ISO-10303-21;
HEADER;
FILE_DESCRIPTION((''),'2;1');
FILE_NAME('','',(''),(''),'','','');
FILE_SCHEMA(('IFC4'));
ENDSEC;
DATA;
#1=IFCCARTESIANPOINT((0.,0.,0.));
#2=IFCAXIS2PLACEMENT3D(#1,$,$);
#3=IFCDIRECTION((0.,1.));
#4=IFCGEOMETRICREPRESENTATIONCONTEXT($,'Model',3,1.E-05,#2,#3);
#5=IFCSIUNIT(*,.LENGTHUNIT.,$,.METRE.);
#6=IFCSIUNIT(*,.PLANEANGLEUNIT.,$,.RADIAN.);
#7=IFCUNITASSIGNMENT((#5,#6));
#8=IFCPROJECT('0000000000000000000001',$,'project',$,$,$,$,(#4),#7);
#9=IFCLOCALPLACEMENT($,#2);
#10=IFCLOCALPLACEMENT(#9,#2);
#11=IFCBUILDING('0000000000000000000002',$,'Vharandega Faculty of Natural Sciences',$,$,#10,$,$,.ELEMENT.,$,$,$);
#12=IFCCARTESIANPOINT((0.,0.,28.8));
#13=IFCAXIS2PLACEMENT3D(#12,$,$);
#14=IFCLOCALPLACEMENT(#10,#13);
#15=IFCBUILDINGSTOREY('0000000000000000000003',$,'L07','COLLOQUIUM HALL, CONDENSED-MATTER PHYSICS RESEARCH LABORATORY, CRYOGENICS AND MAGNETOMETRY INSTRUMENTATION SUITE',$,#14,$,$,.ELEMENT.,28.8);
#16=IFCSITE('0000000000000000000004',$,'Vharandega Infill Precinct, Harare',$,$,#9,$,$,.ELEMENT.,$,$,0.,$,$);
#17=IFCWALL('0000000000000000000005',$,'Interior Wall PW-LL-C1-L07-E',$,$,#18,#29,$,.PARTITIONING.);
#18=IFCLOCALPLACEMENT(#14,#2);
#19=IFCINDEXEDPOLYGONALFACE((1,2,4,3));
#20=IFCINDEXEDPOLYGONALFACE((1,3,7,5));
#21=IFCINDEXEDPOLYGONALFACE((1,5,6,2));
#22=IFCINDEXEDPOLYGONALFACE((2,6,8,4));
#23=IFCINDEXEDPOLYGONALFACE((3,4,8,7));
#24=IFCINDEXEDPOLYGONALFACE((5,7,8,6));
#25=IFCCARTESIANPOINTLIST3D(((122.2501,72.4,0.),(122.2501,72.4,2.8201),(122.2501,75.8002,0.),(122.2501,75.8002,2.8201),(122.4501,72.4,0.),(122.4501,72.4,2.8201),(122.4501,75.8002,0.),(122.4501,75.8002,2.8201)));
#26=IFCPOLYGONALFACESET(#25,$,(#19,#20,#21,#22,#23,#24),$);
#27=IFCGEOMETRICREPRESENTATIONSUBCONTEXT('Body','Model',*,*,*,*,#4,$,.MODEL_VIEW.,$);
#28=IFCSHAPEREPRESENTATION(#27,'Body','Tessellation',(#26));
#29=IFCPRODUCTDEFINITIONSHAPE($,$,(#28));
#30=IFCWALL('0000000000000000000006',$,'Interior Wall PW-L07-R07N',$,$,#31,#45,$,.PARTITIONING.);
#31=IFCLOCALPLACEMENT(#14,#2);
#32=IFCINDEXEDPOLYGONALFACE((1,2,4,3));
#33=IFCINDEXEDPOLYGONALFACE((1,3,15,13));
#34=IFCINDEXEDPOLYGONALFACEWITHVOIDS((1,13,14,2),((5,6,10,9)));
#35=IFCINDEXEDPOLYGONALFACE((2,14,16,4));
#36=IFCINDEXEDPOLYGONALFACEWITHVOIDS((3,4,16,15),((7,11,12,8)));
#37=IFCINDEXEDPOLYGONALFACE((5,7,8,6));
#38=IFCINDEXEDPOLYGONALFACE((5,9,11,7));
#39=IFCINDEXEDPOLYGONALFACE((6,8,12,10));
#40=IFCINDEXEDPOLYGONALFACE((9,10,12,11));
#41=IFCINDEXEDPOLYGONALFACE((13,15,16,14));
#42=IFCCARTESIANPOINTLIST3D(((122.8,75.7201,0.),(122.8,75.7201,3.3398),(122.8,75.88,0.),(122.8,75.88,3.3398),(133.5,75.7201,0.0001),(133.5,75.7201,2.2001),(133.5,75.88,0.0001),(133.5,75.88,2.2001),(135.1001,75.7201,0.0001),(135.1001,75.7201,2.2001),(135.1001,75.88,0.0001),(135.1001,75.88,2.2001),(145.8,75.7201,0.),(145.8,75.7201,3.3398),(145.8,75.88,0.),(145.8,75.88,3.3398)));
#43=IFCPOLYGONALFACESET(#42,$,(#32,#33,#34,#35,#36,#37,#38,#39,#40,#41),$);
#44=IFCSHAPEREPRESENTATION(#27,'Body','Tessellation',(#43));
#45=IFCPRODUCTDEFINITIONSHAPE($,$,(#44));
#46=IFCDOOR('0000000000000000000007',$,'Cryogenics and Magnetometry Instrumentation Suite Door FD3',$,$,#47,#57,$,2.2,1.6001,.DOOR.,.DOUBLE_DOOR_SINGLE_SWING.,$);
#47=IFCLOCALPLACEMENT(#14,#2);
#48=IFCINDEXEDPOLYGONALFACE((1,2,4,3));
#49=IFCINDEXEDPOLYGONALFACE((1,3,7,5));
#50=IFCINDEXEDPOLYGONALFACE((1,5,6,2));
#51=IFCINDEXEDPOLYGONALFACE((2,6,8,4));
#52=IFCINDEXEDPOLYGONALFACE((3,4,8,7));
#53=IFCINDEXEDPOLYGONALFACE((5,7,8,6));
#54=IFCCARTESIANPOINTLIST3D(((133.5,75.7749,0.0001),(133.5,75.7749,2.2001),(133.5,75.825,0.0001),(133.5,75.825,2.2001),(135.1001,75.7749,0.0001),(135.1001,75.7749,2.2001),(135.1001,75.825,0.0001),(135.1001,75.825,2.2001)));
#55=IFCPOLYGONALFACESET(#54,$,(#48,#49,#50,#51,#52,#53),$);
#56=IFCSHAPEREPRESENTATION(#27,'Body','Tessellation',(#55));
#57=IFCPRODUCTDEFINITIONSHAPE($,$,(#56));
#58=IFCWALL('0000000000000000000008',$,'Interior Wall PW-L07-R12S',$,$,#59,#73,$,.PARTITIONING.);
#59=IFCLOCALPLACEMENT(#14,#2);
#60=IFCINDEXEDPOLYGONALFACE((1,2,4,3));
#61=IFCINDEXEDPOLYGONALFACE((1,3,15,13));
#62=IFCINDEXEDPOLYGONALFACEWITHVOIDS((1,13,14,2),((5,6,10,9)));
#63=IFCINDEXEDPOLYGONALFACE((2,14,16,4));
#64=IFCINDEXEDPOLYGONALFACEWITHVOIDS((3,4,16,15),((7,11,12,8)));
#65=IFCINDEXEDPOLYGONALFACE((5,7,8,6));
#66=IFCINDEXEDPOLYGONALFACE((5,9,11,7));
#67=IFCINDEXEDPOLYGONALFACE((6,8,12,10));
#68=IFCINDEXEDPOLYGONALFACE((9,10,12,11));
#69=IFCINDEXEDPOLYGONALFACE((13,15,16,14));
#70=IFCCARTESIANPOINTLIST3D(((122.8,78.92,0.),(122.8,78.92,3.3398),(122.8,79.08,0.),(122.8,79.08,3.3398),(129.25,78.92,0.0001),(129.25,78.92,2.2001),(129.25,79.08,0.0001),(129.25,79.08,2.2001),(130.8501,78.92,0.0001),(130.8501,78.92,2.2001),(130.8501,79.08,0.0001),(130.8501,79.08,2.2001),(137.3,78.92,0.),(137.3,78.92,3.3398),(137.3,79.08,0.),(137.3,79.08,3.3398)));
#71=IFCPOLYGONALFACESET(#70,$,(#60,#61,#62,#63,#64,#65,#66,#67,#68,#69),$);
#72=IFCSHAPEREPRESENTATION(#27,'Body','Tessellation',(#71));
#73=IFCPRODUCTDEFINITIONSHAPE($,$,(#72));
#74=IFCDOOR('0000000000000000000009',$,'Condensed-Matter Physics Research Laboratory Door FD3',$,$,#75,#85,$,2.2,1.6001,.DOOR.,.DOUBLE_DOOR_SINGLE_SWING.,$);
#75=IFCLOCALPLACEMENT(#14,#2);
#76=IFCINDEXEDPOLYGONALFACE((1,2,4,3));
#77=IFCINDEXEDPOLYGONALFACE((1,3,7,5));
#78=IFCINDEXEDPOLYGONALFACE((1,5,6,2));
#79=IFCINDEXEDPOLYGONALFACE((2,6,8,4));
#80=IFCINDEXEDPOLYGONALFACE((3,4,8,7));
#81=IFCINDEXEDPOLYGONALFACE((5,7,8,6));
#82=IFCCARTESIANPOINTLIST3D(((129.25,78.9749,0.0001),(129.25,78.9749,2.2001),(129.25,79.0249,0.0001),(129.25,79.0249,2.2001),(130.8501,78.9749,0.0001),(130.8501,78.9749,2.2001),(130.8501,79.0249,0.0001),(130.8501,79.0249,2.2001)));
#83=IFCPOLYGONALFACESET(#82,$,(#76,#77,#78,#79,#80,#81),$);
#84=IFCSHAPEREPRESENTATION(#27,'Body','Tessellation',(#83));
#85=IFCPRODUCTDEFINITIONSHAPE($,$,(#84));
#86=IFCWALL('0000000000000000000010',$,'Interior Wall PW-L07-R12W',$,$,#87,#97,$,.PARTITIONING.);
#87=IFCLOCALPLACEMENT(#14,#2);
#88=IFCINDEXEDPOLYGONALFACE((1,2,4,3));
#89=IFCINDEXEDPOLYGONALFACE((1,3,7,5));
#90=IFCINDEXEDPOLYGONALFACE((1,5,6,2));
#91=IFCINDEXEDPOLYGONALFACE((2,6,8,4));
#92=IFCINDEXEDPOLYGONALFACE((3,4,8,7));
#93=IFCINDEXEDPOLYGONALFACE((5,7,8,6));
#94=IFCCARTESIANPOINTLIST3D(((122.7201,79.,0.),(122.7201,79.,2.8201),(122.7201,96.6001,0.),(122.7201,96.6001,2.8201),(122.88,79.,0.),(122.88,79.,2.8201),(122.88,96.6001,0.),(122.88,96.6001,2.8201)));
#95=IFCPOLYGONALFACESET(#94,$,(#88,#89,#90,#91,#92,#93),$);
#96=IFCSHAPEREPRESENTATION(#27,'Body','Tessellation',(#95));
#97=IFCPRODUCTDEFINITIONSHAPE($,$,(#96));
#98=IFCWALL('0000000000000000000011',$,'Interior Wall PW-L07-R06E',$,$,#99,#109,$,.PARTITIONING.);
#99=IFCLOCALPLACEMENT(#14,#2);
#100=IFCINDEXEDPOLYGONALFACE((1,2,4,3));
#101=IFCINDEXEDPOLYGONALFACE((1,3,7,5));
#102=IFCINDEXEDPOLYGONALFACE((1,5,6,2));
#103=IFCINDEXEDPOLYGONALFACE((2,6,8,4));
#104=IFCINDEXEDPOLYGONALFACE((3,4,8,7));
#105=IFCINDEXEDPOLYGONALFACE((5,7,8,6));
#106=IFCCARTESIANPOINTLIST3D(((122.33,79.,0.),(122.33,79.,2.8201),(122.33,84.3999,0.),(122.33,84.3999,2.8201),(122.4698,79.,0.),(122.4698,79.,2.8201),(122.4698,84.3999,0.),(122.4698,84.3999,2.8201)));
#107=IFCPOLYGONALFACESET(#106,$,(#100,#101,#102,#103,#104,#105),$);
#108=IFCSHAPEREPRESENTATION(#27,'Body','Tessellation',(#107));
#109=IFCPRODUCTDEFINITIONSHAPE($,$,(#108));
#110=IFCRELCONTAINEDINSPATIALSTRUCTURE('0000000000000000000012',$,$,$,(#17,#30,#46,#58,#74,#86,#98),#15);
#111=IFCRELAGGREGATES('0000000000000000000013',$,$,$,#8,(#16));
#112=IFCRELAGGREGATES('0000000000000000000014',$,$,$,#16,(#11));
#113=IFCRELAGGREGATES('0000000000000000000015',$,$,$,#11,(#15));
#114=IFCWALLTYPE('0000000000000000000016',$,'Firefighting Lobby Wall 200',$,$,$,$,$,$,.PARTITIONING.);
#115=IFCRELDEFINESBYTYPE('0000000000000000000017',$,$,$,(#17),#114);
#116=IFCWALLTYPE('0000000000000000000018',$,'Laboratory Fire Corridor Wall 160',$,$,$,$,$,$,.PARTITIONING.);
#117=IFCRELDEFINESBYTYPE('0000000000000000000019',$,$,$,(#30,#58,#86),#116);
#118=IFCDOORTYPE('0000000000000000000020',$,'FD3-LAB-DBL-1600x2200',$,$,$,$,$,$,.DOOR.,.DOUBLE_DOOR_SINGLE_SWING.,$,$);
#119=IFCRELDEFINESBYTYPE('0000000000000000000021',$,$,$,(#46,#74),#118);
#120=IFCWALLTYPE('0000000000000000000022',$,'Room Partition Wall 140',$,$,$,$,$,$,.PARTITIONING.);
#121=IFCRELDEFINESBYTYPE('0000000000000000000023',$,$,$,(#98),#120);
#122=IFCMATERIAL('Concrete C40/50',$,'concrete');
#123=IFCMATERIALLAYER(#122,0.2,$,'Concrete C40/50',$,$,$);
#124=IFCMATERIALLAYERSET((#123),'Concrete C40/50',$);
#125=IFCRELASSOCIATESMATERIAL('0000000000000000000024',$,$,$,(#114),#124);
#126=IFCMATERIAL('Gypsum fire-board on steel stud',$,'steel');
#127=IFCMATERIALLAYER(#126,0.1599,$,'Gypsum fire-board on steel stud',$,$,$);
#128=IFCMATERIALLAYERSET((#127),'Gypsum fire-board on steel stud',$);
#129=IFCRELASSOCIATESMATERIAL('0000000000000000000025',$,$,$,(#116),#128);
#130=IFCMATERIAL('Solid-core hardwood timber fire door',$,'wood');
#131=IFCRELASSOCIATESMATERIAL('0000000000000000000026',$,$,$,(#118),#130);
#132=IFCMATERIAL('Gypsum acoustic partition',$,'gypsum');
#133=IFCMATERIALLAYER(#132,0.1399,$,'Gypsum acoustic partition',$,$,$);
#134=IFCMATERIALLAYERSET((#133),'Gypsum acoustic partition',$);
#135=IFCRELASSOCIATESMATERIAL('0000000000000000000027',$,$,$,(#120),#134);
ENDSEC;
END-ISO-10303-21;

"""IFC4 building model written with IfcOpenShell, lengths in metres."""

from ifc_helpers import new_model, si_unit, direction, frame, frame_2d, origin, place, context, subcontext, project, spatial, rectangle, extrude, material, layer, layer_set, type_object, element, fill, save


model = new_model("IFC4")

# Units and contexts
model_context = context("Model", 3, precision=1e-05, world=origin(), true_north=direction((0.0, 1.0)))
body_context = subcontext(model_context, "Body", "Model", "MODEL_VIEW")
ifc_project = project(units=[si_unit("LENGTHUNIT", "METRE"), si_unit("PLANEANGLEUNIT", "RADIAN")], contexts=[model_context])

# Site, building, storey
site_placement = place(None, origin())
site = spatial("IfcSite", under=ifc_project, at=site_placement, Name="Vharandega Infill Precinct, Harare", CompositionType="ELEMENT", RefElevation=0.0)
building_placement = place(site_placement, origin())
building = spatial("IfcBuilding", under=site, at=building_placement, Name="Vharandega Faculty of Natural Sciences", CompositionType="ELEMENT")
storey_placement = place(building_placement, frame((0.0, 0.0, 28.8)))
storey = spatial("IfcBuildingStorey", under=building, at=storey_placement, Name="L07", Description="COLLOQUIUM HALL, CONDENSED-MATTER PHYSICS RESEARCH LABORATORY, CRYOGENICS AND MAGNETOMETRY INSTRUMENTATION SUITE", CompositionType="ELEMENT", Elevation=28.8)

# Shared definitions
ifc_material_1 = material(Name="Concrete C40/50", Category="concrete")
ifc_layer_1 = layer(ifc_material_1, 0.2, Name="Concrete C40/50")
ifc_layer_set_1 = layer_set([ifc_layer_1], Name="Concrete C40/50")
wall_type_1 = type_object("IfcWallType", Name="Firefighting Lobby Wall 200", PredefinedType="PARTITIONING", material=ifc_layer_set_1)

# Wall
wall_1_placement = place(storey_placement, frame((122.3501, 72.3999, 0.0), z_axis=(0.0, 0.0, 1.0), x_axis=(0.0, 1.0, 0.0)))
element("IfcWall", 1, at=wall_1_placement, inside=storey, type_object=wall_type_1, Name="Interior Wall PW-LL-C1-L07-E", PredefinedType="PARTITIONING", context=body_context, shape_type="SweptSolid", body=[
    extrude(rectangle(XDim=3.4001, YDim=0.2, at=frame_2d((1.7002, 0.0))), origin(), (0.0, 0.0, 1.0), 2.8201),
])

# Walls, openings, doors
ifc_material_2 = material(Name="Gypsum fire-board on steel stud", Category="steel")
ifc_layer_2 = layer(ifc_material_2, 0.1599, Name="Gypsum fire-board on steel stud")
ifc_layer_set_2 = layer_set([ifc_layer_2], Name="Gypsum fire-board on steel stud")
wall_type_2 = type_object("IfcWallType", Name="Laboratory Fire Corridor Wall 160", PredefinedType="PARTITIONING", material=ifc_layer_set_2)
wall_2_placement = place(storey_placement, frame((122.8, 75.8, 0.0), z_axis=(0.0, 0.0, 1.0), x_axis=(1.0, 0.0, 0.0)))
wall_2 = element("IfcWall", 2, at=wall_2_placement, inside=storey, type_object=wall_type_2, Name="Interior Wall PW-L07-R07N", PredefinedType="PARTITIONING", context=body_context, shape_type="SweptSolid", body=[
    extrude(rectangle(XDim=23.0, YDim=0.1599, at=frame_2d((11.5, 0.0))), origin(), (0.0, 0.0, 1.0), 3.3398),
])
opening_1_placement = place(wall_2_placement, frame((10.7, 0.0, 0.0)))
opening_1 = element("IfcOpeningElement", 3, at=opening_1_placement, cuts=wall_2, PredefinedType="OPENING", context=body_context, shape_type="SweptSolid", body=[
    extrude(rectangle(XDim=1.6001, YDim=2.2, at=frame_2d((0.8, 1.1001))), frame((0.0, 0.0898, 0.0), z_axis=(0.0, -1.0, 0.0), x_axis=(1.0, 0.0, 0.0)), (0.0, 0.0, 1.0), 0.1799),
])
ifc_material_3 = material(Name="Solid-core hardwood timber fire door", Category="wood")
door_type_1 = type_object("IfcDoorType", Name="FD3-LAB-DBL-1600x2200", OperationType="DOUBLE_DOOR_SINGLE_SWING", PredefinedType="DOOR", material=ifc_material_3)
door_1_placement = place(opening_1_placement, origin())
door_1 = element("IfcDoor", 4, at=door_1_placement, inside=storey, type_object=door_type_1, Name="Cryogenics and Magnetometry Instrumentation Suite Door FD3", OperationType="DOUBLE_DOOR_SINGLE_SWING", OverallHeight=2.2, OverallWidth=1.6001, PredefinedType="DOOR", context=body_context, shape_type="SweptSolid", body=[
    extrude(rectangle(XDim=1.6001, YDim=2.2, at=frame_2d((0.8, 1.1001))), frame((0.0, 0.0249, 0.0), z_axis=(0.0, -1.0, 0.0), x_axis=(1.0, 0.0, 0.0)), (0.0, 0.0, 1.0), 0.05),
])
fill(opening_1, door_1)
wall_3_placement = place(storey_placement, frame((122.8, 79.0, 0.0), z_axis=(0.0, 0.0, 1.0), x_axis=(1.0, 0.0, 0.0)))
wall_3 = element("IfcWall", 5, at=wall_3_placement, inside=storey, type_object=wall_type_2, Name="Interior Wall PW-L07-R12S", PredefinedType="PARTITIONING", context=body_context, shape_type="SweptSolid", body=[
    extrude(rectangle(XDim=14.5, YDim=0.1599, at=frame_2d((7.25, 0.0))), origin(), (0.0, 0.0, 1.0), 3.3398),
])
opening_2_placement = place(wall_3_placement, frame((6.45, 0.0, 0.0)))
opening_2 = element("IfcOpeningElement", 6, at=opening_2_placement, cuts=wall_3, PredefinedType="OPENING", context=body_context, shape_type="SweptSolid", body=[
    extrude(rectangle(XDim=1.6001, YDim=2.2, at=frame_2d((0.8, 1.1001))), frame((0.0, 0.0898, 0.0), z_axis=(0.0, -1.0, 0.0), x_axis=(1.0, 0.0, 0.0)), (0.0, 0.0, 1.0), 0.1799),
])
door_2_placement = place(opening_2_placement, origin())
door_2 = element("IfcDoor", 7, at=door_2_placement, inside=storey, type_object=door_type_1, Name="Condensed-Matter Physics Research Laboratory Door FD3", OperationType="DOUBLE_DOOR_SINGLE_SWING", OverallHeight=2.2, OverallWidth=1.6001, PredefinedType="DOOR", context=body_context, shape_type="SweptSolid", body=[
    extrude(rectangle(XDim=1.6001, YDim=2.2, at=frame_2d((0.8, 1.1001))), frame((0.0, 0.0249, 0.0), z_axis=(0.0, -1.0, 0.0), x_axis=(1.0, 0.0, 0.0)), (0.0, 0.0, 1.0), 0.05),
])
fill(opening_2, door_2)

# Walls
wall_4_placement = place(storey_placement, frame((122.8, 79.0, 0.0), z_axis=(0.0, 0.0, 1.0), x_axis=(0.0, 1.0, 0.0)))
element("IfcWall", 8, at=wall_4_placement, inside=storey, type_object=wall_type_2, Name="Interior Wall PW-L07-R12W", PredefinedType="PARTITIONING", context=body_context, shape_type="SweptSolid", body=[
    extrude(rectangle(XDim=17.6001, YDim=0.1599, at=frame_2d((8.8, 0.0))), origin(), (0.0, 0.0, 1.0), 2.8201),
])
ifc_material_4 = material(Name="Gypsum acoustic partition", Category="gypsum")
ifc_layer_3 = layer(ifc_material_4, 0.1399, Name="Gypsum acoustic partition")
ifc_layer_set_3 = layer_set([ifc_layer_3], Name="Gypsum acoustic partition")
wall_type_3 = type_object("IfcWallType", Name="Room Partition Wall 140", PredefinedType="PARTITIONING", material=ifc_layer_set_3)
wall_5_placement = place(storey_placement, frame((122.3999, 79.0, 0.0), z_axis=(0.0, 0.0, 1.0), x_axis=(0.0, 1.0, 0.0)))
element("IfcWall", 9, at=wall_5_placement, inside=storey, type_object=wall_type_3, Name="Interior Wall PW-L07-R06E", PredefinedType="PARTITIONING", context=body_context, shape_type="SweptSolid", body=[
    extrude(rectangle(XDim=5.3999, YDim=0.1399, at=frame_2d((2.7, 0.0))), origin(), (0.0, 0.0, 1.0), 2.8201),
])

save(model, "model.ifc")
